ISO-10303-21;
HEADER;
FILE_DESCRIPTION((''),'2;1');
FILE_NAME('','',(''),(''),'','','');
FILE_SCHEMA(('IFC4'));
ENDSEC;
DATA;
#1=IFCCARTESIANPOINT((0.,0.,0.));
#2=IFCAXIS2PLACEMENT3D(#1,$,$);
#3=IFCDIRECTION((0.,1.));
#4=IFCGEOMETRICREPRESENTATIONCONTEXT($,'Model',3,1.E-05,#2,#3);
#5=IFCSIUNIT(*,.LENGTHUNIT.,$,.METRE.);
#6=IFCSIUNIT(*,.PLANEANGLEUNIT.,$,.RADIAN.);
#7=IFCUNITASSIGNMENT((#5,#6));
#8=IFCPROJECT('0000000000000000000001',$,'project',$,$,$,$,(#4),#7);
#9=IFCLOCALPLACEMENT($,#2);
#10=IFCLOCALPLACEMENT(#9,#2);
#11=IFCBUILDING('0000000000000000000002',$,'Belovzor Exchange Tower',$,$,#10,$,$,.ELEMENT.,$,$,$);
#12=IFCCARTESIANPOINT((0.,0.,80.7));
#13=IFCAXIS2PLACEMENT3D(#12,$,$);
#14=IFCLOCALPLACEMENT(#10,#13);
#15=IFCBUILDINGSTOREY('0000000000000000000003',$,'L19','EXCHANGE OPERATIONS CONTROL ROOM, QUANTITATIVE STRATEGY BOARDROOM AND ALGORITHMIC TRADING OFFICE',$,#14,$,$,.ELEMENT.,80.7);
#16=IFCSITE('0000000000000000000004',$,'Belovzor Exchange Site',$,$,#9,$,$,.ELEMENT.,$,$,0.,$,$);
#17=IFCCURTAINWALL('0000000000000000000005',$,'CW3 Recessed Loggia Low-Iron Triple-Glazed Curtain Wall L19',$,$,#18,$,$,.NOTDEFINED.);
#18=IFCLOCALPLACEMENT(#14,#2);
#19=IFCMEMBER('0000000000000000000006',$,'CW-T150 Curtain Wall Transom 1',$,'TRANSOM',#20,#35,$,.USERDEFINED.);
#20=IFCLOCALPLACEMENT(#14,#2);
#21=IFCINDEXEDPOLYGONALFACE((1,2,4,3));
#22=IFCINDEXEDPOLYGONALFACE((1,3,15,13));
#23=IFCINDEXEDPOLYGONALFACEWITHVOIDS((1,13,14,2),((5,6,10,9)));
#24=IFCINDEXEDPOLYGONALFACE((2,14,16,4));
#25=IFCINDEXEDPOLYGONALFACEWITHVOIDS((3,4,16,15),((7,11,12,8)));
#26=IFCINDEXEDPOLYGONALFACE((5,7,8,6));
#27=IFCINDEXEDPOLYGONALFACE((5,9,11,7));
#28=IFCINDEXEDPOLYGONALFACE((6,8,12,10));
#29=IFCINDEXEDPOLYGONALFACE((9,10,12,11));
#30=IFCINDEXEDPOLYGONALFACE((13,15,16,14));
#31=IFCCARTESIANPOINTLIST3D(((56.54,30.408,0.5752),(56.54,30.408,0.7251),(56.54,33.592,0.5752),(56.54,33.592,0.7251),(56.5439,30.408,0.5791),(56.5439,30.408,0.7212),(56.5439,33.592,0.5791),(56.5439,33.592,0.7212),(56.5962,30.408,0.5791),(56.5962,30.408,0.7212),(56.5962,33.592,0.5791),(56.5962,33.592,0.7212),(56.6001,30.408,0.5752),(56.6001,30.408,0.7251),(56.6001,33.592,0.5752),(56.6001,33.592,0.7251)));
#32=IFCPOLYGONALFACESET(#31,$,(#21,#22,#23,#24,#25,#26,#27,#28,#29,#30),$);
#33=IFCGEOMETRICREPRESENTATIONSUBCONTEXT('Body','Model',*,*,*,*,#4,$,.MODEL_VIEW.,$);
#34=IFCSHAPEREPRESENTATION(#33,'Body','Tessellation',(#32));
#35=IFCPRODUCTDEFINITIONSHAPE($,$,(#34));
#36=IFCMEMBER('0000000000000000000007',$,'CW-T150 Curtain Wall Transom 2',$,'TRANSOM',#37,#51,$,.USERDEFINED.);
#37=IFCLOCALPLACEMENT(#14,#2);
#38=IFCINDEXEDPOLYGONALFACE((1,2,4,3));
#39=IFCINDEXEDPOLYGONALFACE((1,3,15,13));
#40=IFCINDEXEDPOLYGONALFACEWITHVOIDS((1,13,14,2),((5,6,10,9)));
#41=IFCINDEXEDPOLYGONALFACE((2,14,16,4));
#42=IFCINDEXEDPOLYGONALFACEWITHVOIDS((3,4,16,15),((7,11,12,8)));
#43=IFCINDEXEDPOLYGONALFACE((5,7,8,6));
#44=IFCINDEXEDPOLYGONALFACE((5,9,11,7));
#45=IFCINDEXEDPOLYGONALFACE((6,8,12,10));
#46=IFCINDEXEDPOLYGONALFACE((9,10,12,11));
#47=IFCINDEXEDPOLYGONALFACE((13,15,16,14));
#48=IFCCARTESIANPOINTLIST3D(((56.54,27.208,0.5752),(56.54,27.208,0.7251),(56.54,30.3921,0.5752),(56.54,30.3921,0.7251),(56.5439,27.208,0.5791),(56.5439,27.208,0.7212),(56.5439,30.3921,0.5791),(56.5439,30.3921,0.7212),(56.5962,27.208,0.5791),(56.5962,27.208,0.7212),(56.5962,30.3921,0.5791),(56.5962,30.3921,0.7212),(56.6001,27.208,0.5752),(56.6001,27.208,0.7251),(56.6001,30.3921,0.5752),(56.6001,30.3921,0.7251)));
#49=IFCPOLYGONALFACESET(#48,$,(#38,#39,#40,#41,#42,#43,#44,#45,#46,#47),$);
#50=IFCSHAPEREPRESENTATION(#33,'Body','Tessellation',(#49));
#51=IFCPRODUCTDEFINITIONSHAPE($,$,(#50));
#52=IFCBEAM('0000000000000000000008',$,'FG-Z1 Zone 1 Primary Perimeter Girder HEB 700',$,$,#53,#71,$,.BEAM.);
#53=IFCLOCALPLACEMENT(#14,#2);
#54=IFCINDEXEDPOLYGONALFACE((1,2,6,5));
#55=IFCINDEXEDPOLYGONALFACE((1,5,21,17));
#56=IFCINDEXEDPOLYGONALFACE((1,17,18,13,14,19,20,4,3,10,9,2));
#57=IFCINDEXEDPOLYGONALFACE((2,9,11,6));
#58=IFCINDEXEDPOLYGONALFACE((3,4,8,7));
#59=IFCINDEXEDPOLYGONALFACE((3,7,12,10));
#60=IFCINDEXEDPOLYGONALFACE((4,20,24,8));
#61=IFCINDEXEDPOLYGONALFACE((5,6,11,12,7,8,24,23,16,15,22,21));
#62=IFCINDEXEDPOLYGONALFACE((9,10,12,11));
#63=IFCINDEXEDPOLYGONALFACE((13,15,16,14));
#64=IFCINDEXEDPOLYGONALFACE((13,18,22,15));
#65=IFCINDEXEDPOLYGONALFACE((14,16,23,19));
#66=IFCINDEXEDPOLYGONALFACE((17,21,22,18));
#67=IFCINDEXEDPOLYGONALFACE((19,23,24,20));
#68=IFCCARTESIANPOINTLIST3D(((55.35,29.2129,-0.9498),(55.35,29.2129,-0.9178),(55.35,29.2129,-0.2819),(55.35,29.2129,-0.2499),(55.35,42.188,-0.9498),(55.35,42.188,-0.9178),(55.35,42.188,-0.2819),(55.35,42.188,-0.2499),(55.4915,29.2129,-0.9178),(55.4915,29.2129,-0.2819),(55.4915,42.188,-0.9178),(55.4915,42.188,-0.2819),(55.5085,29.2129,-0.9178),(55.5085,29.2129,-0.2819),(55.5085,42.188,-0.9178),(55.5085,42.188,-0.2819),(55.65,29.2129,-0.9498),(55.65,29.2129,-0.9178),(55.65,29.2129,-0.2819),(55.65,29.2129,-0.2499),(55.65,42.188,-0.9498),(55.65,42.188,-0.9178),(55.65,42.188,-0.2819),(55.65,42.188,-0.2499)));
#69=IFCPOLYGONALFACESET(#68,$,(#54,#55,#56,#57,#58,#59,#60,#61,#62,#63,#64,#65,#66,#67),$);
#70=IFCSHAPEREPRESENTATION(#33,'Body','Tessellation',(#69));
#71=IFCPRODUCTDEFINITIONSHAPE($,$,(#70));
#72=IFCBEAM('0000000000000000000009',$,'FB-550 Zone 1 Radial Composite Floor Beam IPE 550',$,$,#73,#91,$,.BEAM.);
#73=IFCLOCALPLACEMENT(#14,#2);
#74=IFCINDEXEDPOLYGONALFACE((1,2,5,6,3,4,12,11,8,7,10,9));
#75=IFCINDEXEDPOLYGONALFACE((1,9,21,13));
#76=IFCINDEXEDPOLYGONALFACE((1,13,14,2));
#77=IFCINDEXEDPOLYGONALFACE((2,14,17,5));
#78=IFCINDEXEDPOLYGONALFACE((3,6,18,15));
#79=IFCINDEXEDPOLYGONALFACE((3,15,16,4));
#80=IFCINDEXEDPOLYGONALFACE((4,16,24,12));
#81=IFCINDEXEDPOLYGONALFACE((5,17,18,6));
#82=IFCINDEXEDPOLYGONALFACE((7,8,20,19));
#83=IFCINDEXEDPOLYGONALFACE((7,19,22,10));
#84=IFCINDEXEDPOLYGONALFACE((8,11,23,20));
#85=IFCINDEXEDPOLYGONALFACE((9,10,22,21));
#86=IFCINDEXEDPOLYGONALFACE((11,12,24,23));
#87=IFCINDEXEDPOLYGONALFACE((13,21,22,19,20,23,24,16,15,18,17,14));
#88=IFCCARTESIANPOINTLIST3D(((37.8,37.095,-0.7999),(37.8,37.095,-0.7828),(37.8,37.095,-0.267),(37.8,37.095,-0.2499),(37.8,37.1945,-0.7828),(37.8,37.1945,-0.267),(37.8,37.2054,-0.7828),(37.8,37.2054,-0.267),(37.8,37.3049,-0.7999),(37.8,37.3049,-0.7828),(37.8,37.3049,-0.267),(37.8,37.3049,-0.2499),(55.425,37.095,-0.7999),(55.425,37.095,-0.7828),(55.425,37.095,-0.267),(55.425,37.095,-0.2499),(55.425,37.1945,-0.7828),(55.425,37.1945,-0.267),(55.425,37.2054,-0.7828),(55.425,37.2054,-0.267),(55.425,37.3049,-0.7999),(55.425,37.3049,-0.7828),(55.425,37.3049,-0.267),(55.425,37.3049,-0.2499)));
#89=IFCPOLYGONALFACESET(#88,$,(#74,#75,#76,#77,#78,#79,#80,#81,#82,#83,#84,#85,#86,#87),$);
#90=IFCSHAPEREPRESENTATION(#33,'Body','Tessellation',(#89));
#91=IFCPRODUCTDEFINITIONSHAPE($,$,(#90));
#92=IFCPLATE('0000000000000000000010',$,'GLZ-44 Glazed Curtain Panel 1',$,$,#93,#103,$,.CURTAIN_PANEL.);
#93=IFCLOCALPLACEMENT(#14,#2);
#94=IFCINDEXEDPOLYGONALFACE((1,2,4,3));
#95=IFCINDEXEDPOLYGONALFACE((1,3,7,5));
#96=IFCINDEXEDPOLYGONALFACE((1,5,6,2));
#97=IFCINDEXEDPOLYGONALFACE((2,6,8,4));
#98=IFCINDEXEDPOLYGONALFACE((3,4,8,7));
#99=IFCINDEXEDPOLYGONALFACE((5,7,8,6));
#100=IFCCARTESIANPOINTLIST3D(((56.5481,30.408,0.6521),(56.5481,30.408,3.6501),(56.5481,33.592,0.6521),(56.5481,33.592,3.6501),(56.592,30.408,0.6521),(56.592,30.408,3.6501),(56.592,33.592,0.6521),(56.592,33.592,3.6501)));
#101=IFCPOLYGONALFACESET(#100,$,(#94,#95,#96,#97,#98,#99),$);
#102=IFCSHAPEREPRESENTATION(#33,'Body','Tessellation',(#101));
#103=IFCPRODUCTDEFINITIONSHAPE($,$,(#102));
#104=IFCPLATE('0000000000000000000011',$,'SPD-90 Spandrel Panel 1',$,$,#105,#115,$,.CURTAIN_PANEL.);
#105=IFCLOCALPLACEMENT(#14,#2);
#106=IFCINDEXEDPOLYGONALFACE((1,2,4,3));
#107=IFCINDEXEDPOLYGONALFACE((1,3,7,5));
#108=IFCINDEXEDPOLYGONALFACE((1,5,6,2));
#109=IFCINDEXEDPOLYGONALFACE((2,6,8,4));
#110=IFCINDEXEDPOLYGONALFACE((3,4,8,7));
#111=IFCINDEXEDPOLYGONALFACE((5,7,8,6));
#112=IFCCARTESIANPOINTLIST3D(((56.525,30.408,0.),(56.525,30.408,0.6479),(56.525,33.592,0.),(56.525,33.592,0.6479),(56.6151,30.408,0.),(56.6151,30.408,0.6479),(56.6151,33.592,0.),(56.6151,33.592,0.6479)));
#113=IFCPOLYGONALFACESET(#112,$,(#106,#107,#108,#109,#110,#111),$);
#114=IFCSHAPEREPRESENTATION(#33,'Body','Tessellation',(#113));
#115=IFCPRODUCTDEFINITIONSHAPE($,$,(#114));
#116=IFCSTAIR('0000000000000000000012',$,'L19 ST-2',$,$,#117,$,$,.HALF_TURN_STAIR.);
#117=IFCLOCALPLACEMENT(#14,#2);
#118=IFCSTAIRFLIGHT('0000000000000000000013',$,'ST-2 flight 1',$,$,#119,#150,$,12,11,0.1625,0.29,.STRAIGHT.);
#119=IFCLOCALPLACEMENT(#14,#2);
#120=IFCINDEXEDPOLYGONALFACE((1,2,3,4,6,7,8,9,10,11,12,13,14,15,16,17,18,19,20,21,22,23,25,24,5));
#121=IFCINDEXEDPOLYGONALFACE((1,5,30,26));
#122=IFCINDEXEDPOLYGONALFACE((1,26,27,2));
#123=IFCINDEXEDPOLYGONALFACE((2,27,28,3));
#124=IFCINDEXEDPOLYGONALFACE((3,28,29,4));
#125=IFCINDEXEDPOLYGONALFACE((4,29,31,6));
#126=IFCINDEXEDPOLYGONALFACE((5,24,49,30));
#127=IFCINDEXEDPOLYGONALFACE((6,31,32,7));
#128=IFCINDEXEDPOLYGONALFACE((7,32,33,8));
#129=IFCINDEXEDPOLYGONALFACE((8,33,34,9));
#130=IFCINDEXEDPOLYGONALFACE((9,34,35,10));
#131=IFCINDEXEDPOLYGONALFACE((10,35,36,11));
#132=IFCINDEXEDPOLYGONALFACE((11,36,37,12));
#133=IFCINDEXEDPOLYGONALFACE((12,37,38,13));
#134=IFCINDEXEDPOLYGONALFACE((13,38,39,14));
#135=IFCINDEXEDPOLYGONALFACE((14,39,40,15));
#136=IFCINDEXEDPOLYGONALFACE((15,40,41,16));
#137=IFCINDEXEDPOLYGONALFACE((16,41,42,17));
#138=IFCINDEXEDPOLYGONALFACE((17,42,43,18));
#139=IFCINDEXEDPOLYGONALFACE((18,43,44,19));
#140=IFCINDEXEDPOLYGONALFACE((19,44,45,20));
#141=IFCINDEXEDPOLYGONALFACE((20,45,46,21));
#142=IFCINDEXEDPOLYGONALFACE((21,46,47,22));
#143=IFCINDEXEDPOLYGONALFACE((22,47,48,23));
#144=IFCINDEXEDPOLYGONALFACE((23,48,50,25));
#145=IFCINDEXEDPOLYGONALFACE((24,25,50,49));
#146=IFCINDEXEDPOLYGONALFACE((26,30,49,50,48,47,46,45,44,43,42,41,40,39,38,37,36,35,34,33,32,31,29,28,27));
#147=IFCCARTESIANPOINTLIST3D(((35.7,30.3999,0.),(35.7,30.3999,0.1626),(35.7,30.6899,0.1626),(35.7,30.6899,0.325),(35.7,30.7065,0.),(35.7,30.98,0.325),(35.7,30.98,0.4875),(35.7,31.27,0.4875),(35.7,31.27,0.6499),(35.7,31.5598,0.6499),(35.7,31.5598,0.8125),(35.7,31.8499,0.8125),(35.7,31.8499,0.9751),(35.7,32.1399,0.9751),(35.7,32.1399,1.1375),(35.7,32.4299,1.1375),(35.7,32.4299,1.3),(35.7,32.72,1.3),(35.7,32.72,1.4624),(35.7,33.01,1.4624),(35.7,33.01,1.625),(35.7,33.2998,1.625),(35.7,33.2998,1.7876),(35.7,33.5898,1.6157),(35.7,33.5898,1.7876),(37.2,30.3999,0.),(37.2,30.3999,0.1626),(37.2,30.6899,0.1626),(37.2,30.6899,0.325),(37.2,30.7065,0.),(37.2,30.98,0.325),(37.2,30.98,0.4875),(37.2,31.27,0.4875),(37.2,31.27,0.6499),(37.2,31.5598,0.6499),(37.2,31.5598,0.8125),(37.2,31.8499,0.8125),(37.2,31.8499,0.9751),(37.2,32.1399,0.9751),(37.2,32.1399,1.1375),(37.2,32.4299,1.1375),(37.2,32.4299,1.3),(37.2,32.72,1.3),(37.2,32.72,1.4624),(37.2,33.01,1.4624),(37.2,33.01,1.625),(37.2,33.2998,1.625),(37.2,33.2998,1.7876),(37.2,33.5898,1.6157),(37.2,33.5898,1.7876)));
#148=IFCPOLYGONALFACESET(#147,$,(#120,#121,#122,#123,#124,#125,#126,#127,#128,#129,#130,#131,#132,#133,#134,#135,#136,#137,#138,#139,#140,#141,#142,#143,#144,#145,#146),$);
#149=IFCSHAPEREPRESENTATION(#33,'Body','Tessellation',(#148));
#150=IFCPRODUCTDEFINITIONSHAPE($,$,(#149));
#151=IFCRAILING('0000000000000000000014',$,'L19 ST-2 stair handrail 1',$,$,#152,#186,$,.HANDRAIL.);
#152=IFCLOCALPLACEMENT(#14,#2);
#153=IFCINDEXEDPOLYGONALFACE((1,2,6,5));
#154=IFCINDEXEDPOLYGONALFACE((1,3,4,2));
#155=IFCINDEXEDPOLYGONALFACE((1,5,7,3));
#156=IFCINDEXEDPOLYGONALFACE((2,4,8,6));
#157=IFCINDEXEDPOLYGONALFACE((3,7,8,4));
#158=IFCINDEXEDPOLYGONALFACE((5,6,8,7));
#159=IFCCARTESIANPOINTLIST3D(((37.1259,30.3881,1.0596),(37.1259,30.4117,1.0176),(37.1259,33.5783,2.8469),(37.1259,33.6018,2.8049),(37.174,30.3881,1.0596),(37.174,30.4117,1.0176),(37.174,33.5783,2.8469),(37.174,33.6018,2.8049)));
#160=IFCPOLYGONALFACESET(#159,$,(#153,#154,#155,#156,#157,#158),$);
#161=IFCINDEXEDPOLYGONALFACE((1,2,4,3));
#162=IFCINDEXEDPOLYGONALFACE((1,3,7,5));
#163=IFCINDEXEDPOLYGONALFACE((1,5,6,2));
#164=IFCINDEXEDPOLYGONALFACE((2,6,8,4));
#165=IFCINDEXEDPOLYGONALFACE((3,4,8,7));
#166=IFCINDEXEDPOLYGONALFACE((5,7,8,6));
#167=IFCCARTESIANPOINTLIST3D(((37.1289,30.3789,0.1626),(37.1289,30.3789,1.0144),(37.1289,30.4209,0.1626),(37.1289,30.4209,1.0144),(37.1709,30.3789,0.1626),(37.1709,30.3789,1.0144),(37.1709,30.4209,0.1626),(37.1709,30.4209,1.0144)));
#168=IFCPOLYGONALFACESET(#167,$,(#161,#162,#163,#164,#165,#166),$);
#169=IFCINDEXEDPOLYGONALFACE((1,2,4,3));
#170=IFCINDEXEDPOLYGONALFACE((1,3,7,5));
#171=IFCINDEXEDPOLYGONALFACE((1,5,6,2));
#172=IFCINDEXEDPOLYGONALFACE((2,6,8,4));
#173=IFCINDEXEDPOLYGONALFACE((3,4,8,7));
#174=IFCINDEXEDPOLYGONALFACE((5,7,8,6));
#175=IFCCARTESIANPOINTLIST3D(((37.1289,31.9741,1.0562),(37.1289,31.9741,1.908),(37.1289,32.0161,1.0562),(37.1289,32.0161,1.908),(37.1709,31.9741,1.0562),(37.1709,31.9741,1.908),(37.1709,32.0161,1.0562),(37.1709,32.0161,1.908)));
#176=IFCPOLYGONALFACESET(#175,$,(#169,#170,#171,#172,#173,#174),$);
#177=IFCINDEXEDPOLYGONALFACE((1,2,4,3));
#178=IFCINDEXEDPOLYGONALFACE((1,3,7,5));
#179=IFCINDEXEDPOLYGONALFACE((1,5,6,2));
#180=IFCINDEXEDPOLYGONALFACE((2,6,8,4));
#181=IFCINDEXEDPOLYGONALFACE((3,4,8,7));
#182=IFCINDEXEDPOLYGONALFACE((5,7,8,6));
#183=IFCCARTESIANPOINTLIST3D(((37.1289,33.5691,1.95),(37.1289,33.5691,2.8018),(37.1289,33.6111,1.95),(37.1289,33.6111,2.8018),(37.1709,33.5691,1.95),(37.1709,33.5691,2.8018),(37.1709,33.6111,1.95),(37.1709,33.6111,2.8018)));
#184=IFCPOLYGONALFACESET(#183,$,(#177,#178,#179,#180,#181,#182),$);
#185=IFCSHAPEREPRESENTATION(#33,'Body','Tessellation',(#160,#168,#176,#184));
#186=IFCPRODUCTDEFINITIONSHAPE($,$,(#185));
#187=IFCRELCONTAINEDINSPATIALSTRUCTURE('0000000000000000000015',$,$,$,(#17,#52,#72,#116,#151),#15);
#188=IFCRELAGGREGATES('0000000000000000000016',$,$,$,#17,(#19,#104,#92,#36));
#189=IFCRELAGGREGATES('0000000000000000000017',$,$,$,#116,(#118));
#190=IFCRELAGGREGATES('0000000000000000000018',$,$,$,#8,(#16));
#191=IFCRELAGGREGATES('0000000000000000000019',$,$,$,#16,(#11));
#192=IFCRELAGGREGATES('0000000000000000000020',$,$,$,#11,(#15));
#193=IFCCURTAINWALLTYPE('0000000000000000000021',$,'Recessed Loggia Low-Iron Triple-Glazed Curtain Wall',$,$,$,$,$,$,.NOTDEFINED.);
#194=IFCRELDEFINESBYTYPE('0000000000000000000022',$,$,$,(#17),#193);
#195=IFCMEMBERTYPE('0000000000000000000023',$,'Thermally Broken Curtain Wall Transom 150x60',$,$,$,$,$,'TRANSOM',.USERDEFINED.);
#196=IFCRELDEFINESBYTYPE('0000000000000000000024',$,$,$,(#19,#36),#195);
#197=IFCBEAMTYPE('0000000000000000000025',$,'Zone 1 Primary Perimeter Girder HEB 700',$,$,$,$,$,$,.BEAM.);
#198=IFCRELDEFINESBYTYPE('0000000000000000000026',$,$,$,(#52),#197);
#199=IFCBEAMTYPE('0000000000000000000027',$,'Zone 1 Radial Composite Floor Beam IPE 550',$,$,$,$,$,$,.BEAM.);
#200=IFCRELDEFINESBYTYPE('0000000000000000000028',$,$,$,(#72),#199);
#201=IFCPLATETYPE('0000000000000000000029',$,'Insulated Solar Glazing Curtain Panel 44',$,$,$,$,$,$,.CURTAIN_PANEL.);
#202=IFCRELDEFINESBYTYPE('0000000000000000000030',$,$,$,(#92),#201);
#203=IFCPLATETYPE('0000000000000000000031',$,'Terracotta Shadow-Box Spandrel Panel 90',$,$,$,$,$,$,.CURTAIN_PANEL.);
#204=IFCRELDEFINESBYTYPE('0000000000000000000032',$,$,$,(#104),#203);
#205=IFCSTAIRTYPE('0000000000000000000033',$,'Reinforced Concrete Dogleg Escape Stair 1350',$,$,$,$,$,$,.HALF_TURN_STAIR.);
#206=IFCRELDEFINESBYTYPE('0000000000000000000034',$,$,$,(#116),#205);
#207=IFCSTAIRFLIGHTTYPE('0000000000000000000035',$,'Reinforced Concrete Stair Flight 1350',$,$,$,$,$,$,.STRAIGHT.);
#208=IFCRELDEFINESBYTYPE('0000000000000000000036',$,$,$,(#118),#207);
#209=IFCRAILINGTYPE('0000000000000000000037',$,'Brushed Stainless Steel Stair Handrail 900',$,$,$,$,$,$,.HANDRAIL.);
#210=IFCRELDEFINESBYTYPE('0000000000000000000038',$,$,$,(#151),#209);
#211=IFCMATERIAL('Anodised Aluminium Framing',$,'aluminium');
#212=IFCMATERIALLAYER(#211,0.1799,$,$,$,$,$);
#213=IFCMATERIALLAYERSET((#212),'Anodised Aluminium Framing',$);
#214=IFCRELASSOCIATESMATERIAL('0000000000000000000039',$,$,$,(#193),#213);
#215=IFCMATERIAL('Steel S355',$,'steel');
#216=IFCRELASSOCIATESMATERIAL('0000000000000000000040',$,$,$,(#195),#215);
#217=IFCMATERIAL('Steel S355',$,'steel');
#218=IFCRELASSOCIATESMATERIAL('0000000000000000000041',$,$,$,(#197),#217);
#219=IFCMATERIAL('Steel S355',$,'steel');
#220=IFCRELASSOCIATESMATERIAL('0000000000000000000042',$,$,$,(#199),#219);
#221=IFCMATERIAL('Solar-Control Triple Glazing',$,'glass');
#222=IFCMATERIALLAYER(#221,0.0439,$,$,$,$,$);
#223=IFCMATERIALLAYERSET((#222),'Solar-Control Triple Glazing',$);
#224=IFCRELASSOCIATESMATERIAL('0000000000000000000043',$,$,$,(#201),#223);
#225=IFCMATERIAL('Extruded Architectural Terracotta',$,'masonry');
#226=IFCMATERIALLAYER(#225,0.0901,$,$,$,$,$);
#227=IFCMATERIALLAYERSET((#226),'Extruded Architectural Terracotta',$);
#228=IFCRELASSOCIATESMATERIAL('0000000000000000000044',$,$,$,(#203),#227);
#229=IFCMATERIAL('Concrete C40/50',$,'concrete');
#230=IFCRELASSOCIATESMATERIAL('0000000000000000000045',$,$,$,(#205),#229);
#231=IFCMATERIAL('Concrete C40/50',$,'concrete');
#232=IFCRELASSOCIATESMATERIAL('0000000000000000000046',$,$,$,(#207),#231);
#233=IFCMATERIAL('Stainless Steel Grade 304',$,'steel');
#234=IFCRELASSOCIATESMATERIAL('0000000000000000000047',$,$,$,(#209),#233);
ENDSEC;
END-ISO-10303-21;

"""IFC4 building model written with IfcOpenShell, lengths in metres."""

from ifc_helpers import new_model, si_unit, direction, frame, origin, origin_2d, place, context, subcontext, project, spatial, polyline, rectangle, hollow_rectangle, i_section, outline, extrude, material, layer, layer_set, material_profile, profile_set, type_object, element, aggregate, save


model = new_model("IFC4")

# Units and contexts
model_context = context("Model", 3, precision=1e-05, world=origin(), true_north=direction((0.0, 1.0)))
body_context = subcontext(model_context, "Body", "Model", "MODEL_VIEW")
ifc_project = project(units=[si_unit("LENGTHUNIT", "METRE"), si_unit("PLANEANGLEUNIT", "RADIAN")], contexts=[model_context])

# Site, building, storey
site_placement = place(None, origin())
site = spatial("IfcSite", under=ifc_project, at=site_placement, Name="Belovzor Exchange Site", CompositionType="ELEMENT", RefElevation=0.0)
building_placement = place(site_placement, origin())
building = spatial("IfcBuilding", under=site, at=building_placement, Name="Belovzor Exchange Tower", CompositionType="ELEMENT")
storey_placement = place(building_placement, frame((0.0, 0.0, 80.7)))
storey = spatial("IfcBuildingStorey", under=building, at=storey_placement, Name="L19", Description="EXCHANGE OPERATIONS CONTROL ROOM, QUANTITATIVE STRATEGY BOARDROOM AND ALGORITHMIC TRADING OFFICE", CompositionType="ELEMENT", Elevation=80.7)

# Curtain wall, members
ifc_material_1 = material(Name="Anodised Aluminium Framing", Category="aluminium")
ifc_layer_1 = layer(ifc_material_1, 0.1799)
ifc_layer_set_1 = layer_set([ifc_layer_1], Name="Anodised Aluminium Framing")
curtain_wall_type = type_object("IfcCurtainWallType", Name="Recessed Loggia Low-Iron Triple-Glazed Curtain Wall", PredefinedType="NOTDEFINED", material=ifc_layer_set_1)
curtain_wall_placement = place(storey_placement, origin())
curtain_wall = element("IfcCurtainWall", 1, at=curtain_wall_placement, inside=storey, type_object=curtain_wall_type, Name="CW3 Recessed Loggia Low-Iron Triple-Glazed Curtain Wall L19", PredefinedType="NOTDEFINED")
ifc_material_2 = material(Name="Steel S355", Category="steel")
ifc_material_profile_1 = material_profile(ifc_material_2, hollow_rectangle(XDim=0.0601, YDim=0.1499, WallThickness=0.0039, at=origin_2d()))
ifc_profile_set_1 = profile_set([ifc_material_profile_1], Name="Steel S355")
member_type_1 = type_object("IfcMemberType", Name="Thermally Broken Curtain Wall Transom 150x60", ElementType="TRANSOM", PredefinedType="USERDEFINED", material=ifc_profile_set_1)
member_1_placement = place(storey_placement, frame((56.5701, 33.592, 0.6501), z_axis=(0.0, -1.0, 0.0), x_axis=(1.0, 0.0, 0.0)))
member_1 = element("IfcMember", 2, at=member_1_placement, type_object=member_type_1, Name="CW-T150 Curtain Wall Transom 1", ObjectType="TRANSOM", PredefinedType="USERDEFINED", context=body_context, shape_type="SweptSolid", body=[
    extrude(hollow_rectangle(XDim=0.0601, YDim=0.1499, WallThickness=0.0039, at=origin_2d()), origin(), (0.0, 0.0, 1.0), 3.1841),
])
member_2_placement = place(storey_placement, frame((56.5701, 30.3921, 0.6501), z_axis=(0.0, -1.0, 0.0), x_axis=(1.0, 0.0, 0.0)))
member_2 = element("IfcMember", 3, at=member_2_placement, type_object=member_type_1, Name="CW-T150 Curtain Wall Transom 2", ObjectType="TRANSOM", PredefinedType="USERDEFINED", context=body_context, shape_type="SweptSolid", body=[
    extrude(hollow_rectangle(XDim=0.0601, YDim=0.1499, WallThickness=0.0039, at=origin_2d()), origin(), (0.0, 0.0, 1.0), 3.1841),
])

# Beams
ifc_material_3 = material(Name="Steel S355", Category="steel")
ifc_material_profile_2 = material_profile(ifc_material_3, i_section(OverallWidth=0.3, OverallDepth=0.7, WebThickness=0.0171, FlangeThickness=0.032, at=origin_2d()))
ifc_profile_set_2 = profile_set([ifc_material_profile_2], Name="Steel S355")
beam_type_1 = type_object("IfcBeamType", Name="Zone 1 Primary Perimeter Girder HEB 700", PredefinedType="BEAM", material=ifc_profile_set_2)
beam_1_placement = place(storey_placement, frame((55.5, 29.2129, -0.5999), z_axis=(0.0, 1.0, 0.0), x_axis=(-1.0, 0.0, 0.0)))
element("IfcBeam", 4, at=beam_1_placement, inside=storey, type_object=beam_type_1, Name="FG-Z1 Zone 1 Primary Perimeter Girder HEB 700", PredefinedType="BEAM", context=body_context, shape_type="SweptSolid", body=[
    extrude(i_section(OverallWidth=0.3, OverallDepth=0.7, WebThickness=0.0171, FlangeThickness=0.032, at=origin_2d()), origin(), (0.0, 0.0, 1.0), 12.9751),
])
ifc_material_4 = material(Name="Steel S355", Category="steel")
ifc_material_profile_3 = material_profile(ifc_material_4, i_section(OverallWidth=0.21, OverallDepth=0.55, WebThickness=0.011, FlangeThickness=0.0171, at=origin_2d()))
ifc_profile_set_3 = profile_set([ifc_material_profile_3], Name="Steel S355")
beam_type_2 = type_object("IfcBeamType", Name="Zone 1 Radial Composite Floor Beam IPE 550", PredefinedType="BEAM", material=ifc_profile_set_3)
beam_2_placement = place(storey_placement, frame((37.8, 37.2, -0.5249), z_axis=(1.0, 0.0, 0.0), x_axis=(0.0, 1.0, 0.0)))
element("IfcBeam", 5, at=beam_2_placement, inside=storey, type_object=beam_type_2, Name="FB-550 Zone 1 Radial Composite Floor Beam IPE 550", PredefinedType="BEAM", context=body_context, shape_type="SweptSolid", body=[
    extrude(i_section(OverallWidth=0.21, OverallDepth=0.55, WebThickness=0.011, FlangeThickness=0.0171, at=origin_2d()), origin(), (0.0, 0.0, 1.0), 17.625),
])

# Plates
ifc_material_5 = material(Name="Solar-Control Triple Glazing", Category="glass")
ifc_layer_2 = layer(ifc_material_5, 0.0439)
ifc_layer_set_2 = layer_set([ifc_layer_2], Name="Solar-Control Triple Glazing")
plate_type_1 = type_object("IfcPlateType", Name="Insulated Solar Glazing Curtain Panel 44", PredefinedType="CURTAIN_PANEL", material=ifc_layer_set_2)
plate_1_placement = place(storey_placement, frame((56.5701, 32.0, 0.6521), z_axis=(0.0, 0.0, 1.0), x_axis=(0.0, -1.0, 0.0)))
plate_1 = element("IfcPlate", 6, at=plate_1_placement, type_object=plate_type_1, Name="GLZ-44 Glazed Curtain Panel 1", PredefinedType="CURTAIN_PANEL", context=body_context, shape_type="SweptSolid", body=[
    extrude(rectangle(XDim=3.1841, YDim=0.0439, at=origin_2d()), origin(), (0.0, 0.0, 1.0), 2.998),
])
ifc_material_6 = material(Name="Extruded Architectural Terracotta", Category="masonry")
ifc_layer_3 = layer(ifc_material_6, 0.0901)
ifc_layer_set_3 = layer_set([ifc_layer_3], Name="Extruded Architectural Terracotta")
plate_type_2 = type_object("IfcPlateType", Name="Terracotta Shadow-Box Spandrel Panel 90", PredefinedType="CURTAIN_PANEL", material=ifc_layer_set_3)
plate_2_placement = place(storey_placement, frame((56.5701, 32.0, 0.0), z_axis=(0.0, 0.0, 1.0), x_axis=(0.0, -1.0, 0.0)))
plate_2 = element("IfcPlate", 7, at=plate_2_placement, type_object=plate_type_2, Name="SPD-90 Spandrel Panel 1", PredefinedType="CURTAIN_PANEL", context=body_context, shape_type="SweptSolid", body=[
    extrude(rectangle(XDim=3.1841, YDim=0.0901, at=origin_2d()), origin(), (0.0, 0.0, 1.0), 0.6479),
])
aggregate(curtain_wall, [member_1, plate_2, plate_1, member_2])

# Stair, stair flight
ifc_material_7 = material(Name="Concrete C40/50", Category="concrete")
stair_type = type_object("IfcStairType", Name="Reinforced Concrete Dogleg Escape Stair 1350", PredefinedType="HALF_TURN_STAIR", material=ifc_material_7)
stair_placement = place(storey_placement, origin())
stair = element("IfcStair", 8, at=stair_placement, inside=storey, type_object=stair_type, Name="L19 ST-2", PredefinedType="HALF_TURN_STAIR")
ifc_material_8 = material(Name="Concrete C40/50", Category="concrete")
stair_flight_type = type_object("IfcStairFlightType", Name="Reinforced Concrete Stair Flight 1350", PredefinedType="STRAIGHT", material=ifc_material_8)
stair_flight_placement = place(storey_placement, frame((36.45, 30.3999, 0.0), z_axis=(0.0, 0.0, 1.0), x_axis=(0.0, 1.0, 0.0)))
stair_flight = element("IfcStairFlight", 9, at=stair_flight_placement, type_object=stair_flight_type, Name="ST-2 flight 1", NumberOfRisers=12, NumberOfTreads=11, PredefinedType="STRAIGHT", RiserHeight=0.1625, TreadLength=0.29, context=body_context, shape_type="SweptSolid", body=[
    extrude(outline(polyline([(0.0, 0.0), (0.0, 0.1626), (0.29, 0.1626), (0.29, 0.325), (0.5801, 0.325), (0.5801, 0.4875), (0.8701, 0.4875), (0.8701, 0.6499), (1.1599, 0.6499), (1.1599, 0.8125), (1.45, 0.8125), (1.45, 0.9751), (1.74, 0.9751), (1.74, 1.1375), (2.03, 1.1375), (2.03, 1.3), (2.3201, 1.3), (2.3201, 1.4624), (2.6101, 1.4624), (2.6101, 1.625), (2.8999, 1.625), (2.8999, 1.7876), (3.1899, 1.7876), (3.1899, 1.95), (3.1899, 1.6157), (0.3066, 0.0), (0.0, 0.0)])), frame((0.0, 0.75, 0.0), z_axis=(0.0, -1.0, 0.0), x_axis=(1.0, 0.0, 0.0)), (0.0, 0.0, 1.0), 1.5),
])
aggregate(stair, [stair_flight])

# Railing
ifc_material_9 = material(Name="Stainless Steel Grade 304", Category="steel")
railing_type_1 = type_object("IfcRailingType", Name="Brushed Stainless Steel Stair Handrail 900", PredefinedType="HANDRAIL", material=ifc_material_9)
railing_1_placement = place(storey_placement, frame((37.1499, 30.3999, 0.1626)))
element("IfcRailing", 10, at=railing_1_placement, inside=storey, type_object=railing_type_1, Name="L19 ST-2 stair handrail 1", PredefinedType="HANDRAIL", context=body_context, shape_type="SweptSolid", body=[
    extrude(rectangle(XDim=0.0481, YDim=0.0481, at=origin_2d()), frame((0.0, 0.0, 0.876), z_axis=(0.0, 0.872407, 0.48878), x_axis=(-1.0, 0.0, 0.0)), (0.0, 0.0, 1.0), 3.6567),
    extrude(rectangle(XDim=0.042, YDim=0.042, at=origin_2d()), origin(), (0.0, 0.0, 1.0), 0.8518),
    extrude(rectangle(XDim=0.042, YDim=0.042, at=origin_2d()), frame((0.0, 1.5952, 0.8936)), (0.0, 0.0, 1.0), 0.8518),
    extrude(rectangle(XDim=0.042, YDim=0.042, at=origin_2d()), frame((0.0, 3.1902, 1.7874)), (0.0, 0.0, 1.0), 0.8518),
])

save(model, "model.ifc")
